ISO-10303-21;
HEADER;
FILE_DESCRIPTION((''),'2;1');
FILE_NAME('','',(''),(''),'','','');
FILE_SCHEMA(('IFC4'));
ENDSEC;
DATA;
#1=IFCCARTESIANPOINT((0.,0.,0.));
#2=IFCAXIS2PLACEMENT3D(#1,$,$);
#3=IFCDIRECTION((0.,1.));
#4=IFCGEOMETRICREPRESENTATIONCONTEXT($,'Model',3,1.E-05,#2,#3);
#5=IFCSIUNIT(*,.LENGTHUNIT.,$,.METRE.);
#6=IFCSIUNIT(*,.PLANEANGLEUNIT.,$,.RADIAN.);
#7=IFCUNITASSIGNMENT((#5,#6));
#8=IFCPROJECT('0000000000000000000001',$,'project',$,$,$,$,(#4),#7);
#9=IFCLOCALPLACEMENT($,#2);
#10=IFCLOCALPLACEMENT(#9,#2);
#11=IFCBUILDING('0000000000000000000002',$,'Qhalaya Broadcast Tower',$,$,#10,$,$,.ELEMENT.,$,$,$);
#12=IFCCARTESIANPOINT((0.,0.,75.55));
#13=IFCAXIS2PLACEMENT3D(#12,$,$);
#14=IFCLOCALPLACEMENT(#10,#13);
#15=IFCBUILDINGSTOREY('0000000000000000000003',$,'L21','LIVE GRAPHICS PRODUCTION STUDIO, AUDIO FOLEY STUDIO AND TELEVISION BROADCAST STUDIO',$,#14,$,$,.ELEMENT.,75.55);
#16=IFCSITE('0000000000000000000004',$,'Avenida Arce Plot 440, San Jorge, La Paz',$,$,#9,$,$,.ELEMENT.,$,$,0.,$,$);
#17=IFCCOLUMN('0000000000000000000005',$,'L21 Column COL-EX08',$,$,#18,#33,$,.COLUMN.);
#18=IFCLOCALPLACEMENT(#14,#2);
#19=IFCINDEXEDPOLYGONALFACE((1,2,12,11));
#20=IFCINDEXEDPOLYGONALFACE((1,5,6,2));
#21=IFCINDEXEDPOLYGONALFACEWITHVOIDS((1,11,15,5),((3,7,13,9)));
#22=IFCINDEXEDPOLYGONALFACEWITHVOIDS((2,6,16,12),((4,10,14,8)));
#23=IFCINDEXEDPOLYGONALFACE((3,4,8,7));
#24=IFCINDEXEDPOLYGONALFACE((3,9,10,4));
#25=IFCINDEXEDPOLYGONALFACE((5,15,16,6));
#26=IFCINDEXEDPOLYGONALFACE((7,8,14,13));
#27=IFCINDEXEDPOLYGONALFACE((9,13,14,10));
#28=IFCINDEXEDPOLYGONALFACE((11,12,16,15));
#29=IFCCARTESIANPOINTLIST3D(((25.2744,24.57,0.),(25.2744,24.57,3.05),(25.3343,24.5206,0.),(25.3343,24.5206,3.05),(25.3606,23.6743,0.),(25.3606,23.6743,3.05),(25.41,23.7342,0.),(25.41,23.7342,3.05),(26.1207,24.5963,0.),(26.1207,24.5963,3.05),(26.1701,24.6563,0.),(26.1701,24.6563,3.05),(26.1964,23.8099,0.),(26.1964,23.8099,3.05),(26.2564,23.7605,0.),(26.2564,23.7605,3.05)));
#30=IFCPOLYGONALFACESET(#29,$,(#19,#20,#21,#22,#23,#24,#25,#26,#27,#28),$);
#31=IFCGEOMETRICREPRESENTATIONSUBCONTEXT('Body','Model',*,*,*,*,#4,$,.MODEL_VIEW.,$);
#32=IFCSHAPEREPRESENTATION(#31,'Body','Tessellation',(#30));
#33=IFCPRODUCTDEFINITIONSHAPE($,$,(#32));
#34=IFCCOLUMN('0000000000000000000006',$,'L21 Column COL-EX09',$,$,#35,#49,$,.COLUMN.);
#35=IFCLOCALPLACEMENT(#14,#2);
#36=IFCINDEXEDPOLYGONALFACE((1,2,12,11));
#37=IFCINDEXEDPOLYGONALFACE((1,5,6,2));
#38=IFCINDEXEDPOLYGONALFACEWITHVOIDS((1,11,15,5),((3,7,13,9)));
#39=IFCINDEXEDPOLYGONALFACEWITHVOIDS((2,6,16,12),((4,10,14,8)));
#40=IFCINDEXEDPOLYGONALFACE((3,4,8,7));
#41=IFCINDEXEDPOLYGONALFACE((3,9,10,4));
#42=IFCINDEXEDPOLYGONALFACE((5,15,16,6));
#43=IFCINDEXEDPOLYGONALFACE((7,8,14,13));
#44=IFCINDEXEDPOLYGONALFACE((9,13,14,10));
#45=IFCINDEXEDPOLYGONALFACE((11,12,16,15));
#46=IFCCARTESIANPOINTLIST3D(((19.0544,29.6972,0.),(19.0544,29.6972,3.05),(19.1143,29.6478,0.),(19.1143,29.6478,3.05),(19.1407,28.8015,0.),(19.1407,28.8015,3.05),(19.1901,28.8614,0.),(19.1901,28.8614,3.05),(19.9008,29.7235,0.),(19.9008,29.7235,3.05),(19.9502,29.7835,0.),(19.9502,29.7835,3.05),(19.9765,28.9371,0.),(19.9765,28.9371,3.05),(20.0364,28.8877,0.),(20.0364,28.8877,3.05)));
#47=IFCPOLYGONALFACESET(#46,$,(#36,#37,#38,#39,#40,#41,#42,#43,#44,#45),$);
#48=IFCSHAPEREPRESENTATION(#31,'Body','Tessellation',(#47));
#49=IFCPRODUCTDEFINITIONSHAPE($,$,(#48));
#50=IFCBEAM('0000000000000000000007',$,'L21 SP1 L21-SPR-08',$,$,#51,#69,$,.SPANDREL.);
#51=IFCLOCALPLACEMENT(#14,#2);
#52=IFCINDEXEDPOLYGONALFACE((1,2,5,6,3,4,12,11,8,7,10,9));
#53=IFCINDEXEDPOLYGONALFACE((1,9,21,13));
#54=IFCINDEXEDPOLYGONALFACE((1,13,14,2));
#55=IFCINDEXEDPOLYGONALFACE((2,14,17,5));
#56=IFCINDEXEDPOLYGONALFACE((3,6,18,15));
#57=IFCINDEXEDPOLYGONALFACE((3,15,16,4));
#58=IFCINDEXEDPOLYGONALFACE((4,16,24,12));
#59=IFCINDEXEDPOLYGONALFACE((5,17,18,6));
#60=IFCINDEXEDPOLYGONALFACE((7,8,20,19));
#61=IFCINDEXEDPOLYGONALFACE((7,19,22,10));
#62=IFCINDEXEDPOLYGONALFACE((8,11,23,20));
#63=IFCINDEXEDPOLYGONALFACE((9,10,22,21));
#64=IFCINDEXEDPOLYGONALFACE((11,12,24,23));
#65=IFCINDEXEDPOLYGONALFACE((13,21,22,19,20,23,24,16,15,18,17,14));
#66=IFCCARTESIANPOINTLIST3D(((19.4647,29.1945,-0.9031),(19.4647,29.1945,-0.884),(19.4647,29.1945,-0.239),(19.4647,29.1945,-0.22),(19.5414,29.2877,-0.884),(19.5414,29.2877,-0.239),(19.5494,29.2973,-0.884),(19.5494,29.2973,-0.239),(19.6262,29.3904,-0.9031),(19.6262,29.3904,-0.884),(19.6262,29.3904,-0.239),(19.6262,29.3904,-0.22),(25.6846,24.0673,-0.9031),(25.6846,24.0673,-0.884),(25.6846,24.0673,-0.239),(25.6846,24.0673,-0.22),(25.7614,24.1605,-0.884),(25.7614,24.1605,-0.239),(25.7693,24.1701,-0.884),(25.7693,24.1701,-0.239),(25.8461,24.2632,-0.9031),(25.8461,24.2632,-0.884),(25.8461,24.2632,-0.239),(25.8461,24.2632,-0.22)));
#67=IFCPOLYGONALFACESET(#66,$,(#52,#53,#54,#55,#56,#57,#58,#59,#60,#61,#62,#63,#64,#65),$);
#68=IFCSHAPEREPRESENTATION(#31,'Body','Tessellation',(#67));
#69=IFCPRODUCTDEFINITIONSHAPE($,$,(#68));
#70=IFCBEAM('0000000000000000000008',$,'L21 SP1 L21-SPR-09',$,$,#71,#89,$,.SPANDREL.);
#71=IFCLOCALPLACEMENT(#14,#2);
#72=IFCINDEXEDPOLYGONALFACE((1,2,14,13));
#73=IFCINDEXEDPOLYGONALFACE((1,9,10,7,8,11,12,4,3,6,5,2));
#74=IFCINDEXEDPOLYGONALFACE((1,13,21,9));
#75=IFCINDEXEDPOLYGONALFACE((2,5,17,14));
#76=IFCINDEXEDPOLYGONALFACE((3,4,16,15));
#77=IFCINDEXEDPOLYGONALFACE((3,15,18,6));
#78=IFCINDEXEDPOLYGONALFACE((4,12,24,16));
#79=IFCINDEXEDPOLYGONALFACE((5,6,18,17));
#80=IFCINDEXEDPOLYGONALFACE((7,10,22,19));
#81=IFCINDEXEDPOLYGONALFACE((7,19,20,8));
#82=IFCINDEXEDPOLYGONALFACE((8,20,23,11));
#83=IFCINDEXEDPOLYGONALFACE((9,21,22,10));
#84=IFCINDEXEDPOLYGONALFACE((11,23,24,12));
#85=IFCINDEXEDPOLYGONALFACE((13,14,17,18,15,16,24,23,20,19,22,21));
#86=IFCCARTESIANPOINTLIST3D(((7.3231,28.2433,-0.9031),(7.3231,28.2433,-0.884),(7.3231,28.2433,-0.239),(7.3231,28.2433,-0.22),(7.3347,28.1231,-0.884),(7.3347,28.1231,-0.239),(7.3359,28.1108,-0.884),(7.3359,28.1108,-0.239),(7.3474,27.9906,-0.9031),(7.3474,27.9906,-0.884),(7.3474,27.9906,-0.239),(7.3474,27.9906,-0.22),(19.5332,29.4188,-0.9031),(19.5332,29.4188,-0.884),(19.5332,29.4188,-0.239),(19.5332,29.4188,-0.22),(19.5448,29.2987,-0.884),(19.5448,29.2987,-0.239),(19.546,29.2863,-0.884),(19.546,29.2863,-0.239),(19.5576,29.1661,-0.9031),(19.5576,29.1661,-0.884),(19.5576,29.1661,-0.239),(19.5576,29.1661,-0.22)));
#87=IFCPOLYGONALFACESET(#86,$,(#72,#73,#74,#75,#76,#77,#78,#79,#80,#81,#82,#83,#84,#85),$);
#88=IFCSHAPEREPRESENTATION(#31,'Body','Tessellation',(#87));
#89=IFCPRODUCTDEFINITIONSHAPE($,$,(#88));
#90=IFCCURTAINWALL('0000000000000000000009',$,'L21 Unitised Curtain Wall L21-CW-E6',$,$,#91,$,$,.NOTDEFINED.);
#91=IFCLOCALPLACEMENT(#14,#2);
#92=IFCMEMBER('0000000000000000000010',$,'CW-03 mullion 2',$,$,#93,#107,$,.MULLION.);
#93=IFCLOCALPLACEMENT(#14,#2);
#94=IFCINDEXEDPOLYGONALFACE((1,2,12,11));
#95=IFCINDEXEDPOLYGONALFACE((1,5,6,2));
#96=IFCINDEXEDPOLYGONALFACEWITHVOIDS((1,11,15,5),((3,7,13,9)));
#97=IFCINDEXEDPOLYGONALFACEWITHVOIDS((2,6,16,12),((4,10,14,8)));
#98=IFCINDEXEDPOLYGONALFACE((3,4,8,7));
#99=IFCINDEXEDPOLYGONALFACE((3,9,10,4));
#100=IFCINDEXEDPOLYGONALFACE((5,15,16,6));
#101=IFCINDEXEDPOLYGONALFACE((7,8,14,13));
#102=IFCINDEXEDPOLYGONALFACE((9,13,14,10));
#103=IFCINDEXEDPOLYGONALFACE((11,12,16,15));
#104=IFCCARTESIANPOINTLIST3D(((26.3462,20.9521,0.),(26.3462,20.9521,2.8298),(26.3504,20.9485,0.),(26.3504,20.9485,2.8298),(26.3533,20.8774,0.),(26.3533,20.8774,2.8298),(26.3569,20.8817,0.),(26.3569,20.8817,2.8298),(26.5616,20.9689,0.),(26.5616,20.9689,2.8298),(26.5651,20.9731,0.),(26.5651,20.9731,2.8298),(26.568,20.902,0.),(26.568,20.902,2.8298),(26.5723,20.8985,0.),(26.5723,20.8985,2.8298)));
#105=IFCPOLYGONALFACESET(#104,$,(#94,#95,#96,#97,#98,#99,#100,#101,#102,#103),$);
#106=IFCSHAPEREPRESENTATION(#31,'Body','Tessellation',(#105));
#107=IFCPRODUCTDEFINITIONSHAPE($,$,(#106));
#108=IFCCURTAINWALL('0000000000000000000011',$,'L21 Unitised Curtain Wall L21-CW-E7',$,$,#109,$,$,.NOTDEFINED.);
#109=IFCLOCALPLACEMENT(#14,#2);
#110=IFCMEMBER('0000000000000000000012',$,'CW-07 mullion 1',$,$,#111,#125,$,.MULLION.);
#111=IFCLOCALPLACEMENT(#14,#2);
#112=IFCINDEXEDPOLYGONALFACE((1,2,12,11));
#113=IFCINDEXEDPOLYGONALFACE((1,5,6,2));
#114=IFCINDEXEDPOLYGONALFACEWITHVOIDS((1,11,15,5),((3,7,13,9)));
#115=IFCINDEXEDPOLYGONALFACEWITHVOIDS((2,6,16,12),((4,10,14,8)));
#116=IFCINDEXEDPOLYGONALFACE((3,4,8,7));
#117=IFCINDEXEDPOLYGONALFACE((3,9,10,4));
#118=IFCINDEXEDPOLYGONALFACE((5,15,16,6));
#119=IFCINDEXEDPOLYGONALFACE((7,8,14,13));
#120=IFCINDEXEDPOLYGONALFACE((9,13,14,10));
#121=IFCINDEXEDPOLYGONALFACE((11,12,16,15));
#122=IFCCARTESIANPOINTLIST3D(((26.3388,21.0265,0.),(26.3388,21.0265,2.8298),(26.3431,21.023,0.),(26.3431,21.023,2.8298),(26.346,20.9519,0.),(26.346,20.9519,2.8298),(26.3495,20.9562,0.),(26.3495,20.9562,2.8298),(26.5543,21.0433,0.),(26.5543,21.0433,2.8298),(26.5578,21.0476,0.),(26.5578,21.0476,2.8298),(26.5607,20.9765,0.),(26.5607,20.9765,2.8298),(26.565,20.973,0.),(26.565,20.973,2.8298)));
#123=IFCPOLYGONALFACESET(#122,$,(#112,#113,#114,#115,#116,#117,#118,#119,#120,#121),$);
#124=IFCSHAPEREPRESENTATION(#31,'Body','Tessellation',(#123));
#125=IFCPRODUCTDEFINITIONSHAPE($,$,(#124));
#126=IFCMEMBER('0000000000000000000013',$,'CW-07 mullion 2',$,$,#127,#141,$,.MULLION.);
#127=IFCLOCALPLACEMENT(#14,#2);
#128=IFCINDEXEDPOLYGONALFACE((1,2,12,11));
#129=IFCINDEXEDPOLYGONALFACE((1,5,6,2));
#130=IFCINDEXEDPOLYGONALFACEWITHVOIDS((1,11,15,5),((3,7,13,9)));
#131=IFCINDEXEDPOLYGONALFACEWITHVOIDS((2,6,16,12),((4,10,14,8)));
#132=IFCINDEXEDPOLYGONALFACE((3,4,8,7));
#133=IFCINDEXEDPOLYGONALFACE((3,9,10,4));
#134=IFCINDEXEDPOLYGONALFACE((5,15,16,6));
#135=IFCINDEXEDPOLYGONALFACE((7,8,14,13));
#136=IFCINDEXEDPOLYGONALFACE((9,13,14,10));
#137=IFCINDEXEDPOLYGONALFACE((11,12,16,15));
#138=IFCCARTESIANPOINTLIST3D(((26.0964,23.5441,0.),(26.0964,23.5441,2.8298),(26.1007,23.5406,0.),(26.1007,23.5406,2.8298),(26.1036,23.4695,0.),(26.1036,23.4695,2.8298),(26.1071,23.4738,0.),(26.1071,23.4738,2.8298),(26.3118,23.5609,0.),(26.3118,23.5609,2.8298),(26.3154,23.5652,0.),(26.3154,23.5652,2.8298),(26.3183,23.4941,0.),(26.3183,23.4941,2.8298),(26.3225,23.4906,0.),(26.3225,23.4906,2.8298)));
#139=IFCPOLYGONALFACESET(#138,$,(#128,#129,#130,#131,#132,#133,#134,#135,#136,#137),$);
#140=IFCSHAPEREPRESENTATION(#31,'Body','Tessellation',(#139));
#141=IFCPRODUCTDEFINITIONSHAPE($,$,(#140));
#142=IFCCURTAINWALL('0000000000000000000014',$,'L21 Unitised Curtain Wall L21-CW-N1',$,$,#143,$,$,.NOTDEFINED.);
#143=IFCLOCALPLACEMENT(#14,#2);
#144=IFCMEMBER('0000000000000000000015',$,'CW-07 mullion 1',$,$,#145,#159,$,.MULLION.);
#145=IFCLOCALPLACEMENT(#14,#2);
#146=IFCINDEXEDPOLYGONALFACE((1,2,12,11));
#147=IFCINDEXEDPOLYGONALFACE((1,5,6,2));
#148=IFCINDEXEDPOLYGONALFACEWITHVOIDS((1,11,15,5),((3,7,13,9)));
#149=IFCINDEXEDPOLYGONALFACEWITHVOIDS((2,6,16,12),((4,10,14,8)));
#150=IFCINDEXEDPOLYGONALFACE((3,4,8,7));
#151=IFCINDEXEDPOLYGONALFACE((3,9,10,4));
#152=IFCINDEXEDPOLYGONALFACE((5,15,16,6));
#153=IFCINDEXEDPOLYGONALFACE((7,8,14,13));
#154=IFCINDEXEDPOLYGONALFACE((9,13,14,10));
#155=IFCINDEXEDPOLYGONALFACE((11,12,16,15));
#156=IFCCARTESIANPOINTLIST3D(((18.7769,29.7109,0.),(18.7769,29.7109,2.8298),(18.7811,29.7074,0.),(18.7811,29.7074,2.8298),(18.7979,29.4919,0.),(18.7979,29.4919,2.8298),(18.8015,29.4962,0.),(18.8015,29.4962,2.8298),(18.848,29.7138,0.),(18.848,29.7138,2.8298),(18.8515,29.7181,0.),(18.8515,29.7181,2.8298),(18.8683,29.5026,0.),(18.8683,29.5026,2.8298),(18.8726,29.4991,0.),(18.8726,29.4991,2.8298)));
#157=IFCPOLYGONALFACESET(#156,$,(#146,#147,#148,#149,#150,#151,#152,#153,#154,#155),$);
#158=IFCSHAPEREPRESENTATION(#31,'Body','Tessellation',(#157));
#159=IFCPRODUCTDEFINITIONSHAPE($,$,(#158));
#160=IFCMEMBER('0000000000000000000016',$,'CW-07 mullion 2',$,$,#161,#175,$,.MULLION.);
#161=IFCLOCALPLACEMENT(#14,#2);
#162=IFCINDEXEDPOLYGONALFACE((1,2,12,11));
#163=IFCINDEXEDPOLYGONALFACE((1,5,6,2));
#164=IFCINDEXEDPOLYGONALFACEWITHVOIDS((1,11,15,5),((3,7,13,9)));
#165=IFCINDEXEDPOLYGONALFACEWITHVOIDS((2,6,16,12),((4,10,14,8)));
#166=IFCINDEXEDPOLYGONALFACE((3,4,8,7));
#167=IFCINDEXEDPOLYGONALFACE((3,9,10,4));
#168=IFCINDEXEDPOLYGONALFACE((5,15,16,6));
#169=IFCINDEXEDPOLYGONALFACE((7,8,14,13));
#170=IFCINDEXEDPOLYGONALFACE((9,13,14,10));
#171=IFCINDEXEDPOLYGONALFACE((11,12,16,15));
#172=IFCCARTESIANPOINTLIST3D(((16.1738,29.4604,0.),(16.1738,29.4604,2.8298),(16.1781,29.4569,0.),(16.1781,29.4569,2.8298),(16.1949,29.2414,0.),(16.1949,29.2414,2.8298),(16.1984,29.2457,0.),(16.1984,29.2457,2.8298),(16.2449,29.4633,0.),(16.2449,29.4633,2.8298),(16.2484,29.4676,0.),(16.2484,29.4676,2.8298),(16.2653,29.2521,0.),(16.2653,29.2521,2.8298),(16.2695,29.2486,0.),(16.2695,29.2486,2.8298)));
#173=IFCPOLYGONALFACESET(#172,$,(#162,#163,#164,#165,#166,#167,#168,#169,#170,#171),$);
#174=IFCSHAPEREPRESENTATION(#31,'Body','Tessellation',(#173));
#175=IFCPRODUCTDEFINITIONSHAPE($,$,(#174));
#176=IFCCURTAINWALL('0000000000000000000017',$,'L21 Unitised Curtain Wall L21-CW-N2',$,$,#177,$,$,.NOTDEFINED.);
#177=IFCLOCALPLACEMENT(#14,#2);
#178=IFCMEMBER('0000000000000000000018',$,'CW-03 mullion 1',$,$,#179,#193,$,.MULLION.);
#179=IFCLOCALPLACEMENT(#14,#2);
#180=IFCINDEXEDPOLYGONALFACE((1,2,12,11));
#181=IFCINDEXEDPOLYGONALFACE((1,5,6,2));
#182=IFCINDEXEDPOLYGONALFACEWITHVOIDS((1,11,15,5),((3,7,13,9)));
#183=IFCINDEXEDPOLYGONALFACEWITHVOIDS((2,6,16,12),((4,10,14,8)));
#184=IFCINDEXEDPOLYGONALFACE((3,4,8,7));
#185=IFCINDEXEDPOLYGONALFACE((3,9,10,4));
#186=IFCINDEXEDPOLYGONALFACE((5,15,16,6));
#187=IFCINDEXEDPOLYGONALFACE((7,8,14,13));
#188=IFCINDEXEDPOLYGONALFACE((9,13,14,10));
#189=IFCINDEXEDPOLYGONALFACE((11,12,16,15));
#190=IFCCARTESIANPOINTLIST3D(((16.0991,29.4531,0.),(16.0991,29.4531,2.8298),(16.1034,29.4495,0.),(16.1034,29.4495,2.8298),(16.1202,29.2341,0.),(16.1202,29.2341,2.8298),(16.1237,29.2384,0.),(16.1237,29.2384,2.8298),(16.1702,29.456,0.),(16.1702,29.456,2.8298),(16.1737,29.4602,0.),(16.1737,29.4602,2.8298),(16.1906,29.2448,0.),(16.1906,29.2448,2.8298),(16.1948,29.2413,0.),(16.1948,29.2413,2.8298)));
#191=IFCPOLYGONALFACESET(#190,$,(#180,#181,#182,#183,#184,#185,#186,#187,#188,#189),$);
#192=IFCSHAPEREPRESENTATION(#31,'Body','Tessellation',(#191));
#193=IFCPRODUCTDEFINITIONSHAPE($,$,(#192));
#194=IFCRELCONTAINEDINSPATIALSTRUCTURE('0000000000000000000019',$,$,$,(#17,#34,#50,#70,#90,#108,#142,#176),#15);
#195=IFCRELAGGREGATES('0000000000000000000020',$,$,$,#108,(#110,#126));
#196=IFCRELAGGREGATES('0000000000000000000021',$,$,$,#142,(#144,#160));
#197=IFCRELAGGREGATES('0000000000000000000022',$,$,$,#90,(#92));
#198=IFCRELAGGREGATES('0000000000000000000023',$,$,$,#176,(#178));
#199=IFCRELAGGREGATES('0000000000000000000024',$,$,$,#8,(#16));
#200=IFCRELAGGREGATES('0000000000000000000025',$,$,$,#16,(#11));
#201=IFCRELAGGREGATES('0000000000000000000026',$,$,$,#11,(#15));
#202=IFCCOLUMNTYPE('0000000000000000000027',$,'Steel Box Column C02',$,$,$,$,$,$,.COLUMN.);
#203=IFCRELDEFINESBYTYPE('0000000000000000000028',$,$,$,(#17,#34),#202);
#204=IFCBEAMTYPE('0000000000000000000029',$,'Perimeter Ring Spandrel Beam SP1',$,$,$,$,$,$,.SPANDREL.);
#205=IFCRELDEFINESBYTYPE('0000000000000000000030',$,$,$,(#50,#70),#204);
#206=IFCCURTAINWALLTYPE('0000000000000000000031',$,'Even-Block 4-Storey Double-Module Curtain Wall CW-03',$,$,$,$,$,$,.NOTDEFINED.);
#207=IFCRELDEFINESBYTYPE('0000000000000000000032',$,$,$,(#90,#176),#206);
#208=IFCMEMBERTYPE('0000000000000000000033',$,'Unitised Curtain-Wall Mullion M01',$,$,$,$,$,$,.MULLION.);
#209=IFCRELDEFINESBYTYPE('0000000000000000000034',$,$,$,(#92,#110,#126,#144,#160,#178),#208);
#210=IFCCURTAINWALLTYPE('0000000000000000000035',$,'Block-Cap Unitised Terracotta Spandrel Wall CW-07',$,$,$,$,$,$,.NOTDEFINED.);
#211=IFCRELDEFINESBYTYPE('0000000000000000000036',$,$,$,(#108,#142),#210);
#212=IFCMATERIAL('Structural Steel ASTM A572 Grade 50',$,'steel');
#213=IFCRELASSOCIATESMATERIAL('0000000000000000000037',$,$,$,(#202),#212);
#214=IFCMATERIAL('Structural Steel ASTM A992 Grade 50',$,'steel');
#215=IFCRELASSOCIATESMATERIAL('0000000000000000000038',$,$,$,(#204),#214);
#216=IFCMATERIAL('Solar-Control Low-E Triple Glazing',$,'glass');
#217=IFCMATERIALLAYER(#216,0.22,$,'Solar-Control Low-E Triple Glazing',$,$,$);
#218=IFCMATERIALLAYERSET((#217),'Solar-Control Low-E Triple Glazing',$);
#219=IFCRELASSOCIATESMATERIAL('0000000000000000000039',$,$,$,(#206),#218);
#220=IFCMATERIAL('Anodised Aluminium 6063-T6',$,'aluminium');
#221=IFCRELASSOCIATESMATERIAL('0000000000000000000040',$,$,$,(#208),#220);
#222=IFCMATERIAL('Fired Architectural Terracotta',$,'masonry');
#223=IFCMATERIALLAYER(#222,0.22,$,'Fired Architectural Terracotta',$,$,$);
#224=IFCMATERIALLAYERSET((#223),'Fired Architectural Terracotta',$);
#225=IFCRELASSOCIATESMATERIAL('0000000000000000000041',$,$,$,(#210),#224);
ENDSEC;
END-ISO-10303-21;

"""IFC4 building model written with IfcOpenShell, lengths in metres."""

from ifc_helpers import new_model, si_unit, direction, frame, origin, origin_2d, place, context, subcontext, project, spatial, hollow_rectangle, i_section, extrude, material, layer, layer_set, material_profile, profile_set, type_object, element, aggregate, save


model = new_model("IFC4")

# Units and contexts
model_context = context("Model", 3, precision=1e-05, world=origin(), true_north=direction((0.0, 1.0)))
body_context = subcontext(model_context, "Body", "Model", "MODEL_VIEW")
ifc_project = project(units=[si_unit("LENGTHUNIT", "METRE"), si_unit("PLANEANGLEUNIT", "RADIAN")], contexts=[model_context])

# Site, building, storey
site_placement = place(None, origin())
site = spatial("IfcSite", under=ifc_project, at=site_placement, Name="Avenida Arce Plot 440, San Jorge, La Paz", CompositionType="ELEMENT", RefElevation=0.0)
building_placement = place(site_placement, origin())
building = spatial("IfcBuilding", under=site, at=building_placement, Name="Qhalaya Broadcast Tower", CompositionType="ELEMENT")
storey_placement = place(building_placement, frame((0.0, 0.0, 75.55)))
storey = spatial("IfcBuildingStorey", under=building, at=storey_placement, Name="L21", Description="LIVE GRAPHICS PRODUCTION STUDIO, AUDIO FOLEY STUDIO AND TELEVISION BROADCAST STUDIO", CompositionType="ELEMENT", Elevation=75.55)

# Columns
ifc_material_1 = material(Name="Structural Steel ASTM A572 Grade 50", Category="steel")
ifc_material_profile_1 = material_profile(ifc_material_1, hollow_rectangle(XDim=0.8999, YDim=0.8999, WallThickness=0.0549, at=origin_2d()), Name="BOX 900x900x55")
ifc_profile_set_1 = profile_set([ifc_material_profile_1], Name="Structural Steel ASTM A572 Grade 50")
column_type = type_object("IfcColumnType", Name="Steel Box Column C02", PredefinedType="COLUMN", material=ifc_profile_set_1)
for number, where, z_axis, x_axis, name in (
    (1, (25.7654, 24.1653, 0.0), (0.0, 0.0, 1.0), (-0.095846, 0.995396, 0.0), "L21 Column COL-EX08"),
    (2, (19.5454, 29.2925, 0.0), (0.0, 0.0, 1.0), (0.995396, 0.095846, 0.0), "L21 Column COL-EX09"),
):
    element("IfcColumn", number, at=place(storey_placement, frame(where, z_axis=z_axis, x_axis=x_axis)), inside=storey, type_object=column_type, Name=name, PredefinedType="COLUMN", context=body_context, shape_type="SweptSolid", body=[
        extrude(hollow_rectangle(XDim=0.8999, YDim=0.8999, WallThickness=0.0549, at=origin_2d()), origin(), (0.0, 0.0, 1.0), 3.05),
    ])

# Beams
ifc_material_2 = material(Name="Structural Steel ASTM A992 Grade 50", Category="steel")
ifc_material_profile_2 = material_profile(ifc_material_2, i_section(OverallWidth=0.2539, OverallDepth=0.6831, WebThickness=0.0125, FlangeThickness=0.019, at=origin_2d()), Name="W27X94")
ifc_profile_set_2 = profile_set([ifc_material_profile_2], Name="Structural Steel ASTM A992 Grade 50")
beam_type = type_object("IfcBeamType", Name="Perimeter Ring Spandrel Beam SP1", PredefinedType="SPANDREL", material=ifc_profile_set_2)
beam_1_placement = place(storey_placement, frame((25.7654, 24.1653, -0.5615), z_axis=(-0.771634, 0.636067, 0.0), x_axis=(-0.636067, -0.771634, 0.0)))
element("IfcBeam", 3, at=beam_1_placement, inside=storey, type_object=beam_type, Name="L21 SP1 L21-SPR-08", PredefinedType="SPANDREL", context=body_context, shape_type="SweptSolid", body=[
    extrude(i_section(OverallWidth=0.2539, OverallDepth=0.6831, WebThickness=0.0125, FlangeThickness=0.019, at=origin_2d()), origin(), (0.0, 0.0, 1.0), 8.0608),
])
beam_2_placement = place(storey_placement, frame((19.5454, 29.2925, -0.5615), z_axis=(-0.995398, -0.095832, 0.0), x_axis=(0.095832, -0.995398, 0.0)))
element("IfcBeam", 4, at=beam_2_placement, inside=storey, type_object=beam_type, Name="L21 SP1 L21-SPR-09", PredefinedType="SPANDREL", context=body_context, shape_type="SweptSolid", body=[
    extrude(i_section(OverallWidth=0.2539, OverallDepth=0.6831, WebThickness=0.0125, FlangeThickness=0.019, at=origin_2d()), origin(), (0.0, 0.0, 1.0), 12.2666),
])

# Curtain wall, member
ifc_material_3 = material(Name="Solar-Control Low-E Triple Glazing", Category="glass")
ifc_layer_1 = layer(ifc_material_3, 0.22, Name="Solar-Control Low-E Triple Glazing")
ifc_layer_set_1 = layer_set([ifc_layer_1], Name="Solar-Control Low-E Triple Glazing")
curtain_wall_type_1 = type_object("IfcCurtainWallType", Name="Even-Block 4-Storey Double-Module Curtain Wall CW-03", PredefinedType="NOTDEFINED", material=ifc_layer_set_1)
curtain_wall_1_placement = place(storey_placement, origin())
curtain_wall_1 = element("IfcCurtainWall", 5, at=curtain_wall_1_placement, inside=storey, type_object=curtain_wall_type_1, Name="L21 Unitised Curtain Wall L21-CW-E6", PredefinedType="NOTDEFINED")
ifc_material_4 = material(Name="Anodised Aluminium 6063-T6", Category="aluminium")
ifc_material_profile_3 = material_profile(ifc_material_4, hollow_rectangle(XDim=0.075, YDim=0.22, WallThickness=0.0039, at=origin_2d()), Name="ALU-MUL 75x220x4")
ifc_profile_set_3 = profile_set([ifc_material_profile_3], Name="Anodised Aluminium 6063-T6")
member_type_1 = type_object("IfcMemberType", Name="Unitised Curtain-Wall Mullion M01", PredefinedType="MULLION", material=ifc_profile_set_3)
member_1_placement = place(storey_placement, frame((26.4592, 20.9253, 0.0), z_axis=(0.0, 0.0, 1.0), x_axis=(-0.095847, 0.995396, 0.0)))
member_1 = element("IfcMember", 6, at=member_1_placement, type_object=member_type_1, Name="CW-03 mullion 2", PredefinedType="MULLION", context=body_context, shape_type="SweptSolid", body=[
    extrude(hollow_rectangle(XDim=0.075, YDim=0.22, WallThickness=0.0039, at=origin_2d()), origin(), (0.0, 0.0, 1.0), 2.8298),
])

# Curtain walls, members
ifc_material_5 = material(Name="Fired Architectural Terracotta", Category="masonry")
ifc_layer_2 = layer(ifc_material_5, 0.22, Name="Fired Architectural Terracotta")
ifc_layer_set_2 = layer_set([ifc_layer_2], Name="Fired Architectural Terracotta")
curtain_wall_type_2 = type_object("IfcCurtainWallType", Name="Block-Cap Unitised Terracotta Spandrel Wall CW-07", PredefinedType="NOTDEFINED", material=ifc_layer_set_2)
curtain_wall_2_placement = place(storey_placement, origin())
curtain_wall_2 = element("IfcCurtainWall", 7, at=curtain_wall_2_placement, inside=storey, type_object=curtain_wall_type_2, Name="L21 Unitised Curtain Wall L21-CW-E7", PredefinedType="NOTDEFINED")
member_2_placement = place(storey_placement, frame((26.4519, 20.9998, 0.0), z_axis=(0.0, 0.0, 1.0), x_axis=(-0.095849, 0.995396, 0.0)))
member_2 = element("IfcMember", 8, at=member_2_placement, type_object=member_type_1, Name="CW-07 mullion 1", PredefinedType="MULLION", context=body_context, shape_type="SweptSolid", body=[
    extrude(hollow_rectangle(XDim=0.075, YDim=0.22, WallThickness=0.0039, at=origin_2d()), origin(), (0.0, 0.0, 1.0), 2.8298),
])
member_3_placement = place(storey_placement, frame((26.2095, 23.5173, 0.0), z_axis=(0.0, 0.0, 1.0), x_axis=(-0.095849, 0.995396, 0.0)))
member_3 = element("IfcMember", 9, at=member_3_placement, type_object=member_type_1, Name="CW-07 mullion 2", PredefinedType="MULLION", context=body_context, shape_type="SweptSolid", body=[
    extrude(hollow_rectangle(XDim=0.075, YDim=0.22, WallThickness=0.0039, at=origin_2d()), origin(), (0.0, 0.0, 1.0), 2.8298),
])
curtain_wall_3_placement = place(storey_placement, origin())
curtain_wall_3 = element("IfcCurtainWall", 10, at=curtain_wall_3_placement, inside=storey, type_object=curtain_wall_type_2, Name="L21 Unitised Curtain Wall L21-CW-N1", PredefinedType="NOTDEFINED")
member_4_placement = place(storey_placement, frame((18.8247, 29.605, 0.0), z_axis=(0.0, 0.0, 1.0), x_axis=(-0.995397, -0.095837, 0.0)))
member_4 = element("IfcMember", 11, at=member_4_placement, type_object=member_type_1, Name="CW-07 mullion 1", PredefinedType="MULLION", context=body_context, shape_type="SweptSolid", body=[
    extrude(hollow_rectangle(XDim=0.075, YDim=0.22, WallThickness=0.0039, at=origin_2d()), origin(), (0.0, 0.0, 1.0), 2.8298),
])
member_5_placement = place(storey_placement, frame((16.2217, 29.3545, 0.0), z_axis=(0.0, 0.0, 1.0), x_axis=(-0.995397, -0.095837, 0.0)))
member_5 = element("IfcMember", 12, at=member_5_placement, type_object=member_type_1, Name="CW-07 mullion 2", PredefinedType="MULLION", context=body_context, shape_type="SweptSolid", body=[
    extrude(hollow_rectangle(XDim=0.075, YDim=0.22, WallThickness=0.0039, at=origin_2d()), origin(), (0.0, 0.0, 1.0), 2.8298),
])

# Curtain wall, member
curtain_wall_4_placement = place(storey_placement, origin())
curtain_wall_4 = element("IfcCurtainWall", 13, at=curtain_wall_4_placement, inside=storey, type_object=curtain_wall_type_1, Name="L21 Unitised Curtain Wall L21-CW-N2", PredefinedType="NOTDEFINED")
member_6_placement = place(storey_placement, frame((16.147, 29.3472, 0.0), z_axis=(0.0, 0.0, 1.0), x_axis=(-0.995395, -0.095862, 0.0)))
member_6 = element("IfcMember", 14, at=member_6_placement, type_object=member_type_1, Name="CW-03 mullion 1", PredefinedType="MULLION", context=body_context, shape_type="SweptSolid", body=[
    extrude(hollow_rectangle(XDim=0.075, YDim=0.22, WallThickness=0.0039, at=origin_2d()), origin(), (0.0, 0.0, 1.0), 2.8298),
])

aggregate(curtain_wall_2, [member_2, member_3])
aggregate(curtain_wall_3, [member_4, member_5])
aggregate(curtain_wall_1, [member_1])
aggregate(curtain_wall_4, [member_6])

save(model, "model.ifc")
